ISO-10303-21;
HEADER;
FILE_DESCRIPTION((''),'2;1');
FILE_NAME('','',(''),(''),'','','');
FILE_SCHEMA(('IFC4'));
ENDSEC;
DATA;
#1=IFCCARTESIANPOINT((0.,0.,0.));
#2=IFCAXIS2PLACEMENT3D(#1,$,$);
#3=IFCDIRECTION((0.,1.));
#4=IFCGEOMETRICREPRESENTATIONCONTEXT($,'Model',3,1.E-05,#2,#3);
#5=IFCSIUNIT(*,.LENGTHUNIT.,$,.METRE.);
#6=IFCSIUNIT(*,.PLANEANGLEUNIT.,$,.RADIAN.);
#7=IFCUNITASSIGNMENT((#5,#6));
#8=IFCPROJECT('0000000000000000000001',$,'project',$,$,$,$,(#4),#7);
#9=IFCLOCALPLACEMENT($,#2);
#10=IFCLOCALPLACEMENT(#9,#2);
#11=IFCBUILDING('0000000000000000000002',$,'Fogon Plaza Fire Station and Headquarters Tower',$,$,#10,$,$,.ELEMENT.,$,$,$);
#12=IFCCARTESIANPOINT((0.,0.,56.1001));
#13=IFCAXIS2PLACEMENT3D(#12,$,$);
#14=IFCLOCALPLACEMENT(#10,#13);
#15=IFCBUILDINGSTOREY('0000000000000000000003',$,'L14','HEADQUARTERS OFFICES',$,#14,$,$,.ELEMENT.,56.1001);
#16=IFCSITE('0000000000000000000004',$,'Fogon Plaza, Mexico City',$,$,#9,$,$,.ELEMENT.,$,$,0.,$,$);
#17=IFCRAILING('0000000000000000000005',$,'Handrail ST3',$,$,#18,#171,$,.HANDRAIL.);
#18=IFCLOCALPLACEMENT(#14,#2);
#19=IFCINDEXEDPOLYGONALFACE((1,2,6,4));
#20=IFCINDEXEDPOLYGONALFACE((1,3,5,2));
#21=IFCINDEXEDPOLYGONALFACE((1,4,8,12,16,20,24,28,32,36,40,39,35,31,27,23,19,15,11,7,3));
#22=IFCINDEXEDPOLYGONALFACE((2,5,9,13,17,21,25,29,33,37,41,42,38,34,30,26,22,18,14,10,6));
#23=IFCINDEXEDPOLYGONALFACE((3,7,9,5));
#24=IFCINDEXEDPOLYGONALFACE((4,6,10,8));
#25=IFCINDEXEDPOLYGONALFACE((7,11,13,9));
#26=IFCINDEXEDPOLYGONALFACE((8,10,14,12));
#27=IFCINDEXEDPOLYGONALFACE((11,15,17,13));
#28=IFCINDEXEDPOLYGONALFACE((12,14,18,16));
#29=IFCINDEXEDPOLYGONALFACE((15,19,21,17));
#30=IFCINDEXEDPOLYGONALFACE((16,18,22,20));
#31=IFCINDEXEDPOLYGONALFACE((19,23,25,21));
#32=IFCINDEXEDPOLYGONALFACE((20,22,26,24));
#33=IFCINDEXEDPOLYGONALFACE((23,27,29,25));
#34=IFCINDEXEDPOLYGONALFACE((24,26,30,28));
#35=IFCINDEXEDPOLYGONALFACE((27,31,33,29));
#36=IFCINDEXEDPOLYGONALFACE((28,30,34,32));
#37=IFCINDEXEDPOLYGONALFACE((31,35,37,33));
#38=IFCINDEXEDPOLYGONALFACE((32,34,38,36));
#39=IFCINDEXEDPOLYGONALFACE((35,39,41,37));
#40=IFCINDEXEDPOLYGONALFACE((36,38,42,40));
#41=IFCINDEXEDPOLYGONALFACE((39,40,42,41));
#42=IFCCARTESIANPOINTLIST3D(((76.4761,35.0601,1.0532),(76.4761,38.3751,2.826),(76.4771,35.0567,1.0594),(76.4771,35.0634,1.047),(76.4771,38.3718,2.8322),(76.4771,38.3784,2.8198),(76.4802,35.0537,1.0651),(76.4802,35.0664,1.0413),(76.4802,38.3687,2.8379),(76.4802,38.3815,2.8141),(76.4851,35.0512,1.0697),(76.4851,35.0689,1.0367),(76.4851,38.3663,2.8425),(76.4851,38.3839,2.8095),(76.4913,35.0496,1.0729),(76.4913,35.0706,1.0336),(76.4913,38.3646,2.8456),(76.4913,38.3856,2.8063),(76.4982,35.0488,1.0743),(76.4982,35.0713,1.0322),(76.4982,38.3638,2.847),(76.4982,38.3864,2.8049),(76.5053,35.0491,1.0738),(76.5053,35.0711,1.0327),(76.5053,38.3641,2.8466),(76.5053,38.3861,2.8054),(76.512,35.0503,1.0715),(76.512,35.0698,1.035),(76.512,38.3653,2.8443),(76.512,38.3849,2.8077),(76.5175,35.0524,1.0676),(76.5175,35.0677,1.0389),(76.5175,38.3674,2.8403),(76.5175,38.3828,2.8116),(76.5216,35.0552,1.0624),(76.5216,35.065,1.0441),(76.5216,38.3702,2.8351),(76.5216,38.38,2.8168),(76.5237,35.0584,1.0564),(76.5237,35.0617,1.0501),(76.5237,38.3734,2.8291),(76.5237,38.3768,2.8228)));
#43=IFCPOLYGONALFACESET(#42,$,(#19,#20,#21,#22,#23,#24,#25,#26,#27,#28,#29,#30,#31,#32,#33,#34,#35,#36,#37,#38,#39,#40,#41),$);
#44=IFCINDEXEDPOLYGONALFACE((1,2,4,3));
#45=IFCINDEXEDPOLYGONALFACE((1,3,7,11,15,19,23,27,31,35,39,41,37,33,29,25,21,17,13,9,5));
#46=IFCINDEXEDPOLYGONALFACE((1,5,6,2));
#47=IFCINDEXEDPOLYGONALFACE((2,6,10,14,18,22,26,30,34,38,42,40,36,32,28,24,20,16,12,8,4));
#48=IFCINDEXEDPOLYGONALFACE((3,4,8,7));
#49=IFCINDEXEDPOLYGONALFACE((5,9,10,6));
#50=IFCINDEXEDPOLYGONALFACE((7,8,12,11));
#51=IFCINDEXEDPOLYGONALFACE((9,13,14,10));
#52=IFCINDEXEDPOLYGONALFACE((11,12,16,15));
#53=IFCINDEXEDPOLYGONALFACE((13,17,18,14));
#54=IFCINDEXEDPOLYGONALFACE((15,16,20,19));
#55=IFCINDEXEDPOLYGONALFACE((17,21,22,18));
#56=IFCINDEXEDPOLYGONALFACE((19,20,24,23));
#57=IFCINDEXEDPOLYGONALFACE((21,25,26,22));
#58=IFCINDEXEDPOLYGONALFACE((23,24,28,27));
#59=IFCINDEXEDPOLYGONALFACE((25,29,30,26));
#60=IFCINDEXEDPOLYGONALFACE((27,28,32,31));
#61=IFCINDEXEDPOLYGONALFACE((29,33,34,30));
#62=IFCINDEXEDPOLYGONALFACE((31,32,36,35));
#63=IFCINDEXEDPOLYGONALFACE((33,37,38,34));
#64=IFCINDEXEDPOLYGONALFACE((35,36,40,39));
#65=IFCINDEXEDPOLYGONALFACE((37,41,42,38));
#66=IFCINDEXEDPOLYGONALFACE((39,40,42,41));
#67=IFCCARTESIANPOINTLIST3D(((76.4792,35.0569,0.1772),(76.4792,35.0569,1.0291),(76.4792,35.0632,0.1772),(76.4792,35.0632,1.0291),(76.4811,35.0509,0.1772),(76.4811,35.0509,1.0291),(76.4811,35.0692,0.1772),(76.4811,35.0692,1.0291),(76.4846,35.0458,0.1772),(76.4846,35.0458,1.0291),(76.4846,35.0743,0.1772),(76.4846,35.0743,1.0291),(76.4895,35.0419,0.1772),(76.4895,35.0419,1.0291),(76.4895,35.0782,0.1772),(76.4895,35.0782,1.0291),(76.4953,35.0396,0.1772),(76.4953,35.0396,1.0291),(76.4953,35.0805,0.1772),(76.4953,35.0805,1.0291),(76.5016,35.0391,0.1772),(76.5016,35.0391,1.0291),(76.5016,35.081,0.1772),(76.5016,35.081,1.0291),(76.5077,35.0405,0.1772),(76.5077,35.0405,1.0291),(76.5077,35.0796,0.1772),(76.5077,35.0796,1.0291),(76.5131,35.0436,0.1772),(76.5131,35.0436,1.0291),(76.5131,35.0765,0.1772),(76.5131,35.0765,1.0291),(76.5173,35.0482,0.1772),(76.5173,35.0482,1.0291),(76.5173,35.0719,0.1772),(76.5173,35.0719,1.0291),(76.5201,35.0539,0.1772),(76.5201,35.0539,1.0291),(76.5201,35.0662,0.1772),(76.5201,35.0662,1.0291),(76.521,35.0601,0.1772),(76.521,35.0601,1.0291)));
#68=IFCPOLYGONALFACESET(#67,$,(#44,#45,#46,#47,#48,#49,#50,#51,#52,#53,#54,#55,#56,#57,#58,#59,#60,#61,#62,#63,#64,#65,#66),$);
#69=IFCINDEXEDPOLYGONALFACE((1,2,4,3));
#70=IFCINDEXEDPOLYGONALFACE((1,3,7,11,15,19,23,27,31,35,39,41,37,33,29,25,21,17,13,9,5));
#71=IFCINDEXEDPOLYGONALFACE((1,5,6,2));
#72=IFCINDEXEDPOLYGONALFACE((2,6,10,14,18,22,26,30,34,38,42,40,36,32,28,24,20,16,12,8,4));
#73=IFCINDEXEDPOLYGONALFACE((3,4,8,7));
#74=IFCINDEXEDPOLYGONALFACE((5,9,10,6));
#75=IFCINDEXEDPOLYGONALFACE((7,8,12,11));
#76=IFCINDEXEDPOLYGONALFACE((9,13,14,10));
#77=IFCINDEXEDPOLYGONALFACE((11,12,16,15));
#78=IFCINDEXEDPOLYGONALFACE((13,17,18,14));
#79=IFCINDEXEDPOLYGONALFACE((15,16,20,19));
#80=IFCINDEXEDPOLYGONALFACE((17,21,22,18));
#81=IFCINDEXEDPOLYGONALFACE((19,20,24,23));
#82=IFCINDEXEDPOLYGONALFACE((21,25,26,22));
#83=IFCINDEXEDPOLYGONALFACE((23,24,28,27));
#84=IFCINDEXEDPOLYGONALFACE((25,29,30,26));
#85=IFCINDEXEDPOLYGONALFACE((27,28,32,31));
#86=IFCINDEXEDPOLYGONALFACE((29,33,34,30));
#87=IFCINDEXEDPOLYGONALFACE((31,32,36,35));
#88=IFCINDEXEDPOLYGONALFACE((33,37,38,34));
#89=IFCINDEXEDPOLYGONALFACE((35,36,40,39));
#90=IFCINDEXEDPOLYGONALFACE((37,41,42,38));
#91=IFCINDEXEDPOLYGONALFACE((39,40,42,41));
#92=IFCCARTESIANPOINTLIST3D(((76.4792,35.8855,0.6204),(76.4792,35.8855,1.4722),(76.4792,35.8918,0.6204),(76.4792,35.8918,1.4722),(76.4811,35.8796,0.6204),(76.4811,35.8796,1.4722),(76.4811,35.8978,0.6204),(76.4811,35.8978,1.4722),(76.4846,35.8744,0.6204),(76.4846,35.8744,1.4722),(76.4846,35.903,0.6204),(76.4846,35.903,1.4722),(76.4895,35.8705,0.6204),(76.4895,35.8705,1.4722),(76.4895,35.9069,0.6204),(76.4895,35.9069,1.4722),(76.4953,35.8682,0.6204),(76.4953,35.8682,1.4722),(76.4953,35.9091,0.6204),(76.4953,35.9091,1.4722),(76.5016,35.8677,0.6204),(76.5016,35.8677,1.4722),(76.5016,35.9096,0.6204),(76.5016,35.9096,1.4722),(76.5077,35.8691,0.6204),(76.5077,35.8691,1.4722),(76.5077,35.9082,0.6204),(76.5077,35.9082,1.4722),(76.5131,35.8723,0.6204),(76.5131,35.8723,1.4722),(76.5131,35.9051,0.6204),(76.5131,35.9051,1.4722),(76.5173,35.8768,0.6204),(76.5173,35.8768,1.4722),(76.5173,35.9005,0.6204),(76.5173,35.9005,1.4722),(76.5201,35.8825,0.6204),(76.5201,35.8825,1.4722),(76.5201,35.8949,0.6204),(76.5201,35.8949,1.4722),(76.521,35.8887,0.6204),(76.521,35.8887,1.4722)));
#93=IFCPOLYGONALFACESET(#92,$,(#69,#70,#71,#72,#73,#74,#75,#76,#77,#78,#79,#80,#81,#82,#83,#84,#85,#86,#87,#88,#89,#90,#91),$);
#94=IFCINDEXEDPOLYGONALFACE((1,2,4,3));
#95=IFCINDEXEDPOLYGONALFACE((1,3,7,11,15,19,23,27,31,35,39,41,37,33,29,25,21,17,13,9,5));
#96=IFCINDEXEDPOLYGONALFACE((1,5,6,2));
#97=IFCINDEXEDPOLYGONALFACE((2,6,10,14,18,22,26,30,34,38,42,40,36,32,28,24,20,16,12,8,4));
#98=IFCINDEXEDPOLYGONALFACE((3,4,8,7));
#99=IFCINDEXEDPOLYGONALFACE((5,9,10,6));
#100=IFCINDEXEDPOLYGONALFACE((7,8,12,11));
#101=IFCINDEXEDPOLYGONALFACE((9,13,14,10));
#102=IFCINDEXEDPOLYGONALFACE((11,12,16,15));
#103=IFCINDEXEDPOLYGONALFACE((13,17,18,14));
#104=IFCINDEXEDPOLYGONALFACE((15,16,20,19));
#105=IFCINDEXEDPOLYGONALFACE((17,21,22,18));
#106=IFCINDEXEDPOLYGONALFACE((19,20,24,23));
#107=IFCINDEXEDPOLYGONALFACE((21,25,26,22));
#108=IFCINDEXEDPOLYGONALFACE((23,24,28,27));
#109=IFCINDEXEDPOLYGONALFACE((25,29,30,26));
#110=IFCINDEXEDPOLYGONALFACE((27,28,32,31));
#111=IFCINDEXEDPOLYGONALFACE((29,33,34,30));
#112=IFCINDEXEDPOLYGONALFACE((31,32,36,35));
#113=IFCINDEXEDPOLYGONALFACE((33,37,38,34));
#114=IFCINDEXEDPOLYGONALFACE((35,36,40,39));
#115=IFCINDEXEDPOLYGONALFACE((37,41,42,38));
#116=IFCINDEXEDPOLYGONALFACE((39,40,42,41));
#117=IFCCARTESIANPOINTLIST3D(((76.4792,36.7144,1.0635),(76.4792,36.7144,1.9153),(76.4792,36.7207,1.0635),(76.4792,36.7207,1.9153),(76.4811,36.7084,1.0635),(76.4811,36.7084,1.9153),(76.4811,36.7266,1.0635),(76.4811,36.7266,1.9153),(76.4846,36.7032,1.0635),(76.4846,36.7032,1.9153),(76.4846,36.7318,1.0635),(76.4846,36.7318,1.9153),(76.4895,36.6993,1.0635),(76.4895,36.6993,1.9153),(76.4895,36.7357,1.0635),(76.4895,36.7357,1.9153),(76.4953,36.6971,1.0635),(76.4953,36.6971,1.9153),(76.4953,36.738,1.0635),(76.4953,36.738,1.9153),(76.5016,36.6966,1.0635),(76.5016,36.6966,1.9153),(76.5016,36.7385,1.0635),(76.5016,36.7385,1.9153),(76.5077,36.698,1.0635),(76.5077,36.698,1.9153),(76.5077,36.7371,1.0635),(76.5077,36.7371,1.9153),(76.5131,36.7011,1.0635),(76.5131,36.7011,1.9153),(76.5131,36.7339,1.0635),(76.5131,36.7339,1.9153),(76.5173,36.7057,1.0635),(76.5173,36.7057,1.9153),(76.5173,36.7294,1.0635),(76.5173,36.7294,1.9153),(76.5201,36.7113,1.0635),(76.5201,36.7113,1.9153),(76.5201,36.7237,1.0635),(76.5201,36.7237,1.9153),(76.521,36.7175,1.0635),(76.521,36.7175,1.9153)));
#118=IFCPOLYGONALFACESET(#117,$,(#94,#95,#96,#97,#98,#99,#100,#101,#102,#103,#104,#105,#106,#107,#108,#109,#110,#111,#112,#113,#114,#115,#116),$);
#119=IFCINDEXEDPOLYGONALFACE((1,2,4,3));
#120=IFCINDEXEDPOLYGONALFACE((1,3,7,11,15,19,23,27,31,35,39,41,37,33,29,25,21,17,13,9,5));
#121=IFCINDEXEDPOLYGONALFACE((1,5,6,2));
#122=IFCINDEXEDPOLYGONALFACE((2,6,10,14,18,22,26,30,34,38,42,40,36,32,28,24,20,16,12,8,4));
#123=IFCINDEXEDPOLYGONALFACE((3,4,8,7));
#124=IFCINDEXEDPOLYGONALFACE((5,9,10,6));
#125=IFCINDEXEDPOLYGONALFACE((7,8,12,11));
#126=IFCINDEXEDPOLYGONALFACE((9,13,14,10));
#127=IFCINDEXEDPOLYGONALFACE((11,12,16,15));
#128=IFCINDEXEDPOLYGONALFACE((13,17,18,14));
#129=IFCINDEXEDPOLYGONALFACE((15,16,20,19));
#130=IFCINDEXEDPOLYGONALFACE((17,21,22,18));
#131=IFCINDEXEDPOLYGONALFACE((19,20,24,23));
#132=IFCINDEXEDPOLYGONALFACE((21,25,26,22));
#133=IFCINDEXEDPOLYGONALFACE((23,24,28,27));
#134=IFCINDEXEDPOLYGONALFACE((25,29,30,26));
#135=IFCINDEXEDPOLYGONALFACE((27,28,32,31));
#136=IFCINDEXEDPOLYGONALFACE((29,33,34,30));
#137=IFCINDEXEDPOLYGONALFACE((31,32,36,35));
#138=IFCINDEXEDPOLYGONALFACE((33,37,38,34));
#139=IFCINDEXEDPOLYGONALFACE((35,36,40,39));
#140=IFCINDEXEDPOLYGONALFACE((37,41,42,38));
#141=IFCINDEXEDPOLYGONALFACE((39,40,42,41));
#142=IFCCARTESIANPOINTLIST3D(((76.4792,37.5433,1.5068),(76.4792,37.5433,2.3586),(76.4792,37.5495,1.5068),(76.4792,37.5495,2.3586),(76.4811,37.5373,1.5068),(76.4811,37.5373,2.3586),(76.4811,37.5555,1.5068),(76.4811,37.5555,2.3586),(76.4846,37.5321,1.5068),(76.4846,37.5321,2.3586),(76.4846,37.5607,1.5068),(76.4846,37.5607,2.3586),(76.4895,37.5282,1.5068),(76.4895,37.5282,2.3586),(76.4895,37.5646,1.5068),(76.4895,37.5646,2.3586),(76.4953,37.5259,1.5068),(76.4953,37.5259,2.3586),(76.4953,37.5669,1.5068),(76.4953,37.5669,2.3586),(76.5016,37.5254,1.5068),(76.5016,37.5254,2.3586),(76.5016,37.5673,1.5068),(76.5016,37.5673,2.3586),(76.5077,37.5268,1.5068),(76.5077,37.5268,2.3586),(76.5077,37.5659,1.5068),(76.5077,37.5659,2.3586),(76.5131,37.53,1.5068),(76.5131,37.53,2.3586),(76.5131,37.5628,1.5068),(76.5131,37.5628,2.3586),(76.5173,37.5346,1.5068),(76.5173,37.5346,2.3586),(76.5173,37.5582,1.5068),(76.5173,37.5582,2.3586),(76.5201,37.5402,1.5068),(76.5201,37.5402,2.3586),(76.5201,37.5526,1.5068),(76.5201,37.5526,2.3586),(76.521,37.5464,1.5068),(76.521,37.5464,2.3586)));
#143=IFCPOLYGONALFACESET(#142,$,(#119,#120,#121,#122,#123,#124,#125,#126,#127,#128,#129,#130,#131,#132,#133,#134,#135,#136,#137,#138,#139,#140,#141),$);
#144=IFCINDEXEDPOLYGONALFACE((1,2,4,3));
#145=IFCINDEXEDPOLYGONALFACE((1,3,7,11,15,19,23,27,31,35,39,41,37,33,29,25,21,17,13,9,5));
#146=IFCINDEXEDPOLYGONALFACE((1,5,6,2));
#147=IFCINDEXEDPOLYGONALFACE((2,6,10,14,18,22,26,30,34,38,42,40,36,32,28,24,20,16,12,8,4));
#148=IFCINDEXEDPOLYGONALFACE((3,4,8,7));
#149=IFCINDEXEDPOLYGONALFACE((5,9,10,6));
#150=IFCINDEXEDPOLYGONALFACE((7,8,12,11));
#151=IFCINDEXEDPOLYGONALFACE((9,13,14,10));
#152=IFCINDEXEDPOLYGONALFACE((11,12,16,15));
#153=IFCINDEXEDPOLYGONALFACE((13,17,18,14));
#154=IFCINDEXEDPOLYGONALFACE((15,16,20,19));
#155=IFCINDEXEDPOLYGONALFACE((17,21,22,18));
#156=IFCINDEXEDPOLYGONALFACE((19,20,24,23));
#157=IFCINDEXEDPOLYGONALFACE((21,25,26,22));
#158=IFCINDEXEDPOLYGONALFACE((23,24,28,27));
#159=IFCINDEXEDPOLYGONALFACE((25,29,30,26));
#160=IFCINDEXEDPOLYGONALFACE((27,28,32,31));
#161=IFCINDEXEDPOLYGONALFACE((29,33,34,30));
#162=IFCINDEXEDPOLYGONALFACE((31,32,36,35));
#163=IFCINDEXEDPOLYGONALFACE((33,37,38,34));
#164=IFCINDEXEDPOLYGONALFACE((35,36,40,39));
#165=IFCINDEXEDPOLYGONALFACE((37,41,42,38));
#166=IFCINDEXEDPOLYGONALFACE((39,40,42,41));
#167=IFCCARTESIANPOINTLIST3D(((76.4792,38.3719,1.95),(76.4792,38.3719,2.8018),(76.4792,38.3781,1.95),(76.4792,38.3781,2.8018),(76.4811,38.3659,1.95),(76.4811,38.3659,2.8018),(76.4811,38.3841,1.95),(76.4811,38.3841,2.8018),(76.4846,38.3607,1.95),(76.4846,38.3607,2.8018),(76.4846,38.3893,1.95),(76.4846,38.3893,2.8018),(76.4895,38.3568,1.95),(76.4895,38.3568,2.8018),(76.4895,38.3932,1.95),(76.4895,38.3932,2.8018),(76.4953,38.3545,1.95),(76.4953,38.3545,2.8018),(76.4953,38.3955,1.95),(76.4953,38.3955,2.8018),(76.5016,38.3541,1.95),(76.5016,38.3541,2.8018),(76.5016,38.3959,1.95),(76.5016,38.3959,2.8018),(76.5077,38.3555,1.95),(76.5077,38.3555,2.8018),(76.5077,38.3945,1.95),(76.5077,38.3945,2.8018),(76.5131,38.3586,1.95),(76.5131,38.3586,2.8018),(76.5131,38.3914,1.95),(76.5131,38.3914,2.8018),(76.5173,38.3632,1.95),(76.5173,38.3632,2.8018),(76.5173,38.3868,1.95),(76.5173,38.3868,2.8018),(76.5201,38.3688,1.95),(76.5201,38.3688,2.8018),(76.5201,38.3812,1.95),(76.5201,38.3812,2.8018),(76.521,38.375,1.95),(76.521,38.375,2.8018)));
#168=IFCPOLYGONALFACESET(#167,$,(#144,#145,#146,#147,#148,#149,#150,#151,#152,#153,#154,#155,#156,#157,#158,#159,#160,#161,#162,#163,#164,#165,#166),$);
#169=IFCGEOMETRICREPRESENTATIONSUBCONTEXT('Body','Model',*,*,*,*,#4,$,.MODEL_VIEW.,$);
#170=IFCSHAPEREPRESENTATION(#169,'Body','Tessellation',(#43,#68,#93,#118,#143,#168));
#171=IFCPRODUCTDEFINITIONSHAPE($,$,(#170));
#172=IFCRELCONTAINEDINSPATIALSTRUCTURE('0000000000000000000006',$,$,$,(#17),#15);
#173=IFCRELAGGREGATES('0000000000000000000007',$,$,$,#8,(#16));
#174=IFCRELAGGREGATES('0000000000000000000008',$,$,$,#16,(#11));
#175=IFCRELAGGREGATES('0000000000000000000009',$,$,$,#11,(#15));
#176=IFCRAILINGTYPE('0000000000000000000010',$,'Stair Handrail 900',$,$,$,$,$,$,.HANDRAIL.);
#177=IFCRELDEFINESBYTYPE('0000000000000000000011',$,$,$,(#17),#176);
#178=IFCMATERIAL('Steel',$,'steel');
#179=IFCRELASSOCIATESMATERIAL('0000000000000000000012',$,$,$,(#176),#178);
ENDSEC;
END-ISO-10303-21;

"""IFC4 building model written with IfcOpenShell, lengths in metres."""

from ifc_helpers import new_model, si_unit, direction, frame, origin, origin_2d, place, context, subcontext, project, spatial, circle, extrude, material, type_object, element, save


model = new_model("IFC4")

# Units and contexts
model_context = context("Model", 3, precision=1e-05, world=origin(), true_north=direction((0.0, 1.0)))
body_context = subcontext(model_context, "Body", "Model", "MODEL_VIEW")
ifc_project = project(units=[si_unit("LENGTHUNIT", "METRE"), si_unit("PLANEANGLEUNIT", "RADIAN")], contexts=[model_context])

# Site, building, storey
site_placement = place(None, origin())
site = spatial("IfcSite", under=ifc_project, at=site_placement, Name="Fogon Plaza, Mexico City", CompositionType="ELEMENT", RefElevation=0.0)
building_placement = place(site_placement, origin())
building = spatial("IfcBuilding", under=site, at=building_placement, Name="Fogon Plaza Fire Station and Headquarters Tower", CompositionType="ELEMENT")
storey_placement = place(building_placement, frame((0.0, 0.0, 56.1001)))
storey = spatial("IfcBuildingStorey", under=building, at=storey_placement, Name="L14", Description="HEADQUARTERS OFFICES", CompositionType="ELEMENT", Elevation=56.1001)

# Railing
ifc_material_1 = material(Name="Steel", Category="steel")
railing_type = type_object("IfcRailingType", Name="Stair Handrail 900", PredefinedType="HANDRAIL", material=ifc_material_1)
for number, where, name in (
    (1, (76.5, 35.0601, 0.1772), "Handrail ST3"),
):
    element("IfcRailing", number, at=place(storey_placement, frame(where)), inside=storey, type_object=railing_type, Name=name, PredefinedType="HANDRAIL", context=body_context, shape_type="SweptSolid", body=[
        extrude(circle(Radius=0.0239, at=origin_2d()), frame((0.0, 0.0, 0.876), z_axis=(0.0, 0.881829, 0.471569), x_axis=(-1.0, 0.0, 0.0)), (0.0, 0.0, 1.0), 3.7593),
        extrude(circle(Radius=0.021, at=origin_2d()), origin(), (0.0, 0.0, 1.0), 0.8518),
        extrude(circle(Radius=0.021, at=origin_2d()), frame((0.0, 0.8286, 0.4431)), (0.0, 0.0, 1.0), 0.8518),
        extrude(circle(Radius=0.021, at=origin_2d()), frame((0.0, 1.6575, 0.8862)), (0.0, 0.0, 1.0), 0.8518),
        extrude(circle(Radius=0.021, at=origin_2d()), frame((0.0, 2.4863, 1.3296)), (0.0, 0.0, 1.0), 0.8518),
        extrude(circle(Radius=0.021, at=origin_2d()), frame((0.0, 3.3149, 1.7727)), (0.0, 0.0, 1.0), 0.8518),
    ])

save(model, "model.ifc")
